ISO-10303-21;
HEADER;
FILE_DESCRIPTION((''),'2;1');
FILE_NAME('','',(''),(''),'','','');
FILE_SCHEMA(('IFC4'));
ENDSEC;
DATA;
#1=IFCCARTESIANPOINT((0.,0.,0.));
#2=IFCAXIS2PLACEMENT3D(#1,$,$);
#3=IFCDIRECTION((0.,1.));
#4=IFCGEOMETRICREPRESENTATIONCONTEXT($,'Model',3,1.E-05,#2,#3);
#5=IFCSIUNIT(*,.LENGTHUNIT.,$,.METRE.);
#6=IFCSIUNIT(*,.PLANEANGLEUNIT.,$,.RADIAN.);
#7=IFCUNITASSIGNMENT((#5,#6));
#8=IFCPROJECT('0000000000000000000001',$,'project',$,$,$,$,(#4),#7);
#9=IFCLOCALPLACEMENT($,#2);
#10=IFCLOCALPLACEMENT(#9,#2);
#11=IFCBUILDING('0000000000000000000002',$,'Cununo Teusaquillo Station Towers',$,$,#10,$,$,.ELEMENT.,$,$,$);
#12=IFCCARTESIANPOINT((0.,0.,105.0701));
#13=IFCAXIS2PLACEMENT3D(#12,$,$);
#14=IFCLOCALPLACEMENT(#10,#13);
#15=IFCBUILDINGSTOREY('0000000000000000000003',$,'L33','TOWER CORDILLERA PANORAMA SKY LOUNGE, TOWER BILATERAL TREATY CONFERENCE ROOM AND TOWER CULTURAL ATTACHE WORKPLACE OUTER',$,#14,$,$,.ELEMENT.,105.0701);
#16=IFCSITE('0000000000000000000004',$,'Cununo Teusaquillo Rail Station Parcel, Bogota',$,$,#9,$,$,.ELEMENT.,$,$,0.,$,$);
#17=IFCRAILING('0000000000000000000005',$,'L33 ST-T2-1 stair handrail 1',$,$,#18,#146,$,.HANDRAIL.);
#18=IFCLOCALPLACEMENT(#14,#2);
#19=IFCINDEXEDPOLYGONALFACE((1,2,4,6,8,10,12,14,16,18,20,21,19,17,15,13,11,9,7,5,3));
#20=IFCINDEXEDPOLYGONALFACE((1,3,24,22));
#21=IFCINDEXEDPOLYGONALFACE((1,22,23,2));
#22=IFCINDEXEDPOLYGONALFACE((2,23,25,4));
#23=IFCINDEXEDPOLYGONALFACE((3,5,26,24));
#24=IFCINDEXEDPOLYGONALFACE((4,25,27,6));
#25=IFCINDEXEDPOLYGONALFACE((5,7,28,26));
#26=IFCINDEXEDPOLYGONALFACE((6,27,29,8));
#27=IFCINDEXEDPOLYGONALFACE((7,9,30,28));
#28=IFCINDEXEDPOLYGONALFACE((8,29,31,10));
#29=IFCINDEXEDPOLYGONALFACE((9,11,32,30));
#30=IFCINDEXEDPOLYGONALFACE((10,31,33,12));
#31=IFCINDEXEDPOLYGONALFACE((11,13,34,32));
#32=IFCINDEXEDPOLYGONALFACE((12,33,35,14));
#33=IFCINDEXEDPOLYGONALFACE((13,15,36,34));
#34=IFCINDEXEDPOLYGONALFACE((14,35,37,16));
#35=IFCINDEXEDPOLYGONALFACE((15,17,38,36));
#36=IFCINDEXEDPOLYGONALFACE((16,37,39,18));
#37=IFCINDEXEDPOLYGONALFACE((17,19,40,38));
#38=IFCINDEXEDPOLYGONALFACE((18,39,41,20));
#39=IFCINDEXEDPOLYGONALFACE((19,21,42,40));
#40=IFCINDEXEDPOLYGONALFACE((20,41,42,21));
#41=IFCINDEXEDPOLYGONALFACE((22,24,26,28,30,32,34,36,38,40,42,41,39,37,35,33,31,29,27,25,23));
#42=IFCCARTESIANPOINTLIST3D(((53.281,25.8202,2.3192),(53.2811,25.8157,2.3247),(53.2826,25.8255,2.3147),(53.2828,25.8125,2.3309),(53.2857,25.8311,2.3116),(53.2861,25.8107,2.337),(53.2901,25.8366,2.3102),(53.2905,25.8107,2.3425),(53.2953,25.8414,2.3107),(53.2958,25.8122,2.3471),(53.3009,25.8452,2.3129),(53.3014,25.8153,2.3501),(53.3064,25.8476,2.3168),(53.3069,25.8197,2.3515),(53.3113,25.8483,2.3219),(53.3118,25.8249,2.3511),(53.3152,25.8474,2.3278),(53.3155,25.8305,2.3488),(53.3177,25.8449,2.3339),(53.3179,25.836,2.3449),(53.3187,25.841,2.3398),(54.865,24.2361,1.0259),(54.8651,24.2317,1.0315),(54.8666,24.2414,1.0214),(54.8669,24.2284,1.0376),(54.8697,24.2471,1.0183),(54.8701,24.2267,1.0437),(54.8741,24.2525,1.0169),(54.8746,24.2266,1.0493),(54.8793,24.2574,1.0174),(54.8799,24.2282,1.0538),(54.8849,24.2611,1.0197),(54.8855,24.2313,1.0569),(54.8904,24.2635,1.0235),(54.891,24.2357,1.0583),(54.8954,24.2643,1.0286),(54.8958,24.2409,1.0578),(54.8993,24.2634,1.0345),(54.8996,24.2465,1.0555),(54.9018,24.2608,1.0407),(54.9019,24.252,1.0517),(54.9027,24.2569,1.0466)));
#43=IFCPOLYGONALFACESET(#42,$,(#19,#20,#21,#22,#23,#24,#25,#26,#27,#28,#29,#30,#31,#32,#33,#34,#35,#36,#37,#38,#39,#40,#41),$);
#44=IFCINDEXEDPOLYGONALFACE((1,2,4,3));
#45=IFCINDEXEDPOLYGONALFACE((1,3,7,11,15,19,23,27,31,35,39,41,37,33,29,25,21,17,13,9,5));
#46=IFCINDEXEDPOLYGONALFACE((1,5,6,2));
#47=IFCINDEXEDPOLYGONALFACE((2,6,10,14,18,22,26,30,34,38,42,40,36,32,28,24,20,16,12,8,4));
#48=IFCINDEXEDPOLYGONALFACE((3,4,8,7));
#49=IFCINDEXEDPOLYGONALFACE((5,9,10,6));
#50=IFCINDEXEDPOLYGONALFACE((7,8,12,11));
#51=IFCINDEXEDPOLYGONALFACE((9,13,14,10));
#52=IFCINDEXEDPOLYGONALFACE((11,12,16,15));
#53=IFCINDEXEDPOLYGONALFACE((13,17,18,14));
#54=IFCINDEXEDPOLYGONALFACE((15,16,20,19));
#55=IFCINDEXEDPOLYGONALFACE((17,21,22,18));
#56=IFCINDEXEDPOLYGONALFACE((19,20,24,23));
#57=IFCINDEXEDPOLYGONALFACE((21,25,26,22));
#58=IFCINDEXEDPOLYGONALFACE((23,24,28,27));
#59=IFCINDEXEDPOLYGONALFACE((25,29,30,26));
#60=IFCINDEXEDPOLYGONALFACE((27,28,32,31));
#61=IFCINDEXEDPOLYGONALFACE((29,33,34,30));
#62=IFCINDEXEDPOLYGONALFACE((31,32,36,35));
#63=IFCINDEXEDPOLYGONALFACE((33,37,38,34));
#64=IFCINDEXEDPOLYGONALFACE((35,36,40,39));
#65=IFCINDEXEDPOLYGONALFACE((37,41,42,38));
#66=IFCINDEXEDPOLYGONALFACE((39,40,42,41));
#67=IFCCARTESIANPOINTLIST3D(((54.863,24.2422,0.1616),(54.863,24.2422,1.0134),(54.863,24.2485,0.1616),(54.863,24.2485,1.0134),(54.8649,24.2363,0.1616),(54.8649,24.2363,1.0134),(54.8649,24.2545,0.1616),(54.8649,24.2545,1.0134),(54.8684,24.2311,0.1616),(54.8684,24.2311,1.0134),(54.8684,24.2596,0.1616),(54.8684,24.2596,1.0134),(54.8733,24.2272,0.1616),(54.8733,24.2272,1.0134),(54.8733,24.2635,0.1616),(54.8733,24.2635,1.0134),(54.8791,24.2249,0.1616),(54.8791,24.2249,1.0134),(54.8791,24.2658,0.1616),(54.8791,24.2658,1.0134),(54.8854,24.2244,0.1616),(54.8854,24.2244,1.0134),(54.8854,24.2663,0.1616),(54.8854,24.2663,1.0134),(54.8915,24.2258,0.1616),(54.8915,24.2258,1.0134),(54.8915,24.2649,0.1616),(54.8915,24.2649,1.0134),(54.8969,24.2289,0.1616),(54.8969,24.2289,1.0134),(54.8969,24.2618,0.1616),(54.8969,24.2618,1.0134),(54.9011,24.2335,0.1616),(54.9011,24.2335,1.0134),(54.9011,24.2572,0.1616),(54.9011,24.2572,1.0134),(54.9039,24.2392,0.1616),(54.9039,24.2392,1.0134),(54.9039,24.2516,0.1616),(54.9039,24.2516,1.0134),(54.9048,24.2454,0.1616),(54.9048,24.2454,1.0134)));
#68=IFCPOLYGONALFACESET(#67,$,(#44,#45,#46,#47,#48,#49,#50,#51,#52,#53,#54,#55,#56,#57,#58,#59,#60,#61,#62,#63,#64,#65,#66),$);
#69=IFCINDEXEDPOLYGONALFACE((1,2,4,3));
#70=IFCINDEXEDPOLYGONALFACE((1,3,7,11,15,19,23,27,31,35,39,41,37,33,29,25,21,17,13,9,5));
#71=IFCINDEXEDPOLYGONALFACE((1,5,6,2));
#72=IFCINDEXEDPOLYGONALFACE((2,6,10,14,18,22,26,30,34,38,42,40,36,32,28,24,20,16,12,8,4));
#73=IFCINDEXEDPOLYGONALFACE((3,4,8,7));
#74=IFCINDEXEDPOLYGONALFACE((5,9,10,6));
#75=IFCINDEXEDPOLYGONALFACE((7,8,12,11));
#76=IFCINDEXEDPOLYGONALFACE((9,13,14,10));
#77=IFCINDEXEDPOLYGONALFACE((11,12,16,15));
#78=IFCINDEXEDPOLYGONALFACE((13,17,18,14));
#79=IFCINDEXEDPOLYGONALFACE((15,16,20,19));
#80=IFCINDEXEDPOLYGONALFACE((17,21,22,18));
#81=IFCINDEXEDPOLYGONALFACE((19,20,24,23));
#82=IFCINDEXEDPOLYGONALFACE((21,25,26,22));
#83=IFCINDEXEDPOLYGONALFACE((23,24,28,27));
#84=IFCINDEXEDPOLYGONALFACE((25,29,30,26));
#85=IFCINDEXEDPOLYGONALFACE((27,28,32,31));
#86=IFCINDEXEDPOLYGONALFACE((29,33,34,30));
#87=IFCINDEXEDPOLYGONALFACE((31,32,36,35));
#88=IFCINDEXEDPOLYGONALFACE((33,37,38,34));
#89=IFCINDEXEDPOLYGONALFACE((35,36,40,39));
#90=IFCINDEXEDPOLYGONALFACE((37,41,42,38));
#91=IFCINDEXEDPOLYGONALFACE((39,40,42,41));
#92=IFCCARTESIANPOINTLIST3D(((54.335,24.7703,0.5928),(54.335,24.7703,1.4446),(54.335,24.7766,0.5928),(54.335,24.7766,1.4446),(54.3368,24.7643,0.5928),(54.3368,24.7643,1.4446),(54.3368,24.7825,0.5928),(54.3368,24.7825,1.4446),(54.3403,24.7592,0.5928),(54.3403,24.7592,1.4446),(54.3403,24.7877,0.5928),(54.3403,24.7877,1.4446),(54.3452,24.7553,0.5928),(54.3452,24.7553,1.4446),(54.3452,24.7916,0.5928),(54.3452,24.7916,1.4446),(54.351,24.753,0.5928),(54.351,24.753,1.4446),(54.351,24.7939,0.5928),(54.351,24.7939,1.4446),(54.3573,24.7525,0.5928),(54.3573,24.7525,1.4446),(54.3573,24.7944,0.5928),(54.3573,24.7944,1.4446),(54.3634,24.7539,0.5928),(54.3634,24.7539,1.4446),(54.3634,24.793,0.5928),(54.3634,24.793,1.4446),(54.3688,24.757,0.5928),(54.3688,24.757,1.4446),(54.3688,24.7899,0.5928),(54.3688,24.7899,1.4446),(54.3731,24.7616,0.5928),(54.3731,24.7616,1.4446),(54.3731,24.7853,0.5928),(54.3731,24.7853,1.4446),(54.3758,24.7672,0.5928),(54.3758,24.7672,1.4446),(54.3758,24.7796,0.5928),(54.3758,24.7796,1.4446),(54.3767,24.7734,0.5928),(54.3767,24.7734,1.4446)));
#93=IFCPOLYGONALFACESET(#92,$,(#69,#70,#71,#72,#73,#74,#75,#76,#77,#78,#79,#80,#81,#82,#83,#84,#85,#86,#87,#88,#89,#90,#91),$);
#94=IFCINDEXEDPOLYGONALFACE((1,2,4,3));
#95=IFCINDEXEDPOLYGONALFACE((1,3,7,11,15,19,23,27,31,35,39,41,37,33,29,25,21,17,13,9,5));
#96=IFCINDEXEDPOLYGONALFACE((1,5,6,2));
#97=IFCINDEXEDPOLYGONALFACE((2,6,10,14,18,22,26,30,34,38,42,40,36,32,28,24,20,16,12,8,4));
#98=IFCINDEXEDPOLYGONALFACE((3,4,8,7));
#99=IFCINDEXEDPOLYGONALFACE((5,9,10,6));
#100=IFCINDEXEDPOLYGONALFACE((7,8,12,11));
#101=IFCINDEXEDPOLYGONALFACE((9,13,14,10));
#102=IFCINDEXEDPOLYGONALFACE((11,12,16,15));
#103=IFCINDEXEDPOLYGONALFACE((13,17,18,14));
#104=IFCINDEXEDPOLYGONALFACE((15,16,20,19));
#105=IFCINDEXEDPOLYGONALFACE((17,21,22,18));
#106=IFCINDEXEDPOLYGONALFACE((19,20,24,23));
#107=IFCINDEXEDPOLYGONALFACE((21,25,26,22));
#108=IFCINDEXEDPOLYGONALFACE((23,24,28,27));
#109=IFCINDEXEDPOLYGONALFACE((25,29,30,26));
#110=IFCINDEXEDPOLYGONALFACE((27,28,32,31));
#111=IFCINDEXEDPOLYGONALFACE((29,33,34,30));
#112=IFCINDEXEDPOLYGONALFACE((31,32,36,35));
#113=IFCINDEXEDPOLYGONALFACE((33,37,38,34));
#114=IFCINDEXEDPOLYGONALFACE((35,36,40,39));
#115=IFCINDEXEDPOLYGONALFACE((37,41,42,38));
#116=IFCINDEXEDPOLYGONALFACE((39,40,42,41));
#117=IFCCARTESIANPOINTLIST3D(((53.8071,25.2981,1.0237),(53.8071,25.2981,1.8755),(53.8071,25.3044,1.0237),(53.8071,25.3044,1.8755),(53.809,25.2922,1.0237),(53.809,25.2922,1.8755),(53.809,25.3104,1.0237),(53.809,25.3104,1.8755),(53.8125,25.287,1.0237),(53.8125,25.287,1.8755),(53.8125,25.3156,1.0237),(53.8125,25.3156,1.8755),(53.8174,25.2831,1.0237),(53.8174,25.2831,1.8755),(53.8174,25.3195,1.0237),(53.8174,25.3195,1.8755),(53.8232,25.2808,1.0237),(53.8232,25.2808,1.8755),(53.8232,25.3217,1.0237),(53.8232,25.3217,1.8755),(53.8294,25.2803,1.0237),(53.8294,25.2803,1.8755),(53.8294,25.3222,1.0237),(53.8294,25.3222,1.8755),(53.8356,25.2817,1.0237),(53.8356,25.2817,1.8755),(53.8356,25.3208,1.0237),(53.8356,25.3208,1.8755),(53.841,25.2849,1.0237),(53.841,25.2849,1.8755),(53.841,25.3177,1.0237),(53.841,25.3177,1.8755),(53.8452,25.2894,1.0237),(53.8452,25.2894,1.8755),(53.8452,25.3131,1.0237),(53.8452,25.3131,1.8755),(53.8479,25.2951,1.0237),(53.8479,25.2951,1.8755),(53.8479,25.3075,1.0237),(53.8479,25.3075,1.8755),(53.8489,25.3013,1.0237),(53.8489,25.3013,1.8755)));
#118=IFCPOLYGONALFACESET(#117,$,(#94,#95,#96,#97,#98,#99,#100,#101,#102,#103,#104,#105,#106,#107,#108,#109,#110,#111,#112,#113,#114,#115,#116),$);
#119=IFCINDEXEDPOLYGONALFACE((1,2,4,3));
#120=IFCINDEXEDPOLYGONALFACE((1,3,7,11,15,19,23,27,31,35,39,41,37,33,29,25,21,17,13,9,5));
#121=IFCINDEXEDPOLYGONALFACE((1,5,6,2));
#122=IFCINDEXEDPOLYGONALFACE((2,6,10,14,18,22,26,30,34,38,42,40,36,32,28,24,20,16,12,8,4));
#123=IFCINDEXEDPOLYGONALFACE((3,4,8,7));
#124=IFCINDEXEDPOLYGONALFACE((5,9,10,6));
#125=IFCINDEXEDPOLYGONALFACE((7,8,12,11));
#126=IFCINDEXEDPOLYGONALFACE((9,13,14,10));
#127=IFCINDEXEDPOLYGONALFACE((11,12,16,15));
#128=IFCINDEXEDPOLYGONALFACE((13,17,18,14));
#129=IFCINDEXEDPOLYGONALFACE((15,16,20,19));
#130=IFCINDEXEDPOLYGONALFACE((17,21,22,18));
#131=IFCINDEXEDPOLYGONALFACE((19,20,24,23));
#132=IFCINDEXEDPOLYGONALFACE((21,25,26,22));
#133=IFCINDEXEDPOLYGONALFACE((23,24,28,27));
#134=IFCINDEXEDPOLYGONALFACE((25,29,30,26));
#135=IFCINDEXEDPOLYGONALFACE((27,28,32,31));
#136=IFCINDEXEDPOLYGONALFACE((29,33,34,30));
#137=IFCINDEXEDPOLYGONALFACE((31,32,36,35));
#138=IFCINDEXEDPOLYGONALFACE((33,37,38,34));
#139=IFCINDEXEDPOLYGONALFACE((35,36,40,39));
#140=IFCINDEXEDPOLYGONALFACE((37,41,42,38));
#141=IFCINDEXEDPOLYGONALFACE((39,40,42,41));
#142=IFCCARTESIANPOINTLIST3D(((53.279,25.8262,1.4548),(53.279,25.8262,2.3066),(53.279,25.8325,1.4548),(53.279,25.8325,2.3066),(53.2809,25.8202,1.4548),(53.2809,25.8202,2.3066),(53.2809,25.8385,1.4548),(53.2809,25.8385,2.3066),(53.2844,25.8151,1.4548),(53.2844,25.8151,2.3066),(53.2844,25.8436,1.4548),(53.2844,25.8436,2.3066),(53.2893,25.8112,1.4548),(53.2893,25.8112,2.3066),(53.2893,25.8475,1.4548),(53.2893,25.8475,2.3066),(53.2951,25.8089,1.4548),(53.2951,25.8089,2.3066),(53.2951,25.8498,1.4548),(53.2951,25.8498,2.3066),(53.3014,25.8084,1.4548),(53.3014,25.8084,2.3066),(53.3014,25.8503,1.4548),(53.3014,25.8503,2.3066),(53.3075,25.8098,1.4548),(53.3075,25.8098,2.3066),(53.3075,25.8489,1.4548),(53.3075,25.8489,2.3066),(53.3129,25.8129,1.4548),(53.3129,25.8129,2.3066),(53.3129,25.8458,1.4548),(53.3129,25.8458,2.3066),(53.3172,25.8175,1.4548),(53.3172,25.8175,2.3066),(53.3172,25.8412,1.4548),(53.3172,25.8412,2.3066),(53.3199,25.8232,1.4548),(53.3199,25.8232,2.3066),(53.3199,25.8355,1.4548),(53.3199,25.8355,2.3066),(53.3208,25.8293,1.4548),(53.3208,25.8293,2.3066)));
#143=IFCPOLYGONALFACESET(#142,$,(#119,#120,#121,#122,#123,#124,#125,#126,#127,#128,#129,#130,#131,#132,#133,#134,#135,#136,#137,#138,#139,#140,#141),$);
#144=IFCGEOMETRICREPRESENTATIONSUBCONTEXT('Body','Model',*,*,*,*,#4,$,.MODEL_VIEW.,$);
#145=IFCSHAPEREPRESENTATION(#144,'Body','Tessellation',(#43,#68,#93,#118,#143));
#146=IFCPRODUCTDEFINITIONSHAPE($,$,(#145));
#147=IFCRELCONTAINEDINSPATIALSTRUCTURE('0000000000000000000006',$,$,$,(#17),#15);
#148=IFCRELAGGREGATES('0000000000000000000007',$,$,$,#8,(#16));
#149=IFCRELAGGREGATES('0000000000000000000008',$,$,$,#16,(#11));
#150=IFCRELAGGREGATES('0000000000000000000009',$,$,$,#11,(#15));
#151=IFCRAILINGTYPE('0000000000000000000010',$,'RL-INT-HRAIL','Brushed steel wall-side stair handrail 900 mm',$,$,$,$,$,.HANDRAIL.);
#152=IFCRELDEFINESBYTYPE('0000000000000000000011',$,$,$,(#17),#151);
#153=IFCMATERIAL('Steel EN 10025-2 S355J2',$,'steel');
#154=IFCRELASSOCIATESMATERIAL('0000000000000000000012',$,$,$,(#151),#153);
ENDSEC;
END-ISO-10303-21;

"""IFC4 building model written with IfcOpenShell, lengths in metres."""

from ifc_helpers import new_model, si_unit, direction, frame, origin, origin_2d, place, context, subcontext, project, spatial, circle, extrude, material, type_object, element, save


model = new_model("IFC4")

# Units and contexts
model_context = context("Model", 3, precision=1e-05, world=origin(), true_north=direction((0.0, 1.0)))
body_context = subcontext(model_context, "Body", "Model", "MODEL_VIEW")
ifc_project = project(units=[si_unit("LENGTHUNIT", "METRE"), si_unit("PLANEANGLEUNIT", "RADIAN")], contexts=[model_context])

# Site, building, storey
site_placement = place(None, origin())
site = spatial("IfcSite", under=ifc_project, at=site_placement, Name="Cununo Teusaquillo Rail Station Parcel, Bogota", CompositionType="ELEMENT", RefElevation=0.0)
building_placement = place(site_placement, origin())
building = spatial("IfcBuilding", under=site, at=building_placement, Name="Cununo Teusaquillo Station Towers", CompositionType="ELEMENT")
storey_placement = place(building_placement, frame((0.0, 0.0, 105.0701)))
storey = spatial("IfcBuildingStorey", under=building, at=storey_placement, Name="L33", Description="TOWER CORDILLERA PANORAMA SKY LOUNGE, TOWER BILATERAL TREATY CONFERENCE ROOM AND TOWER CULTURAL ATTACHE WORKPLACE OUTER", CompositionType="ELEMENT", Elevation=105.0701)

# Railing
ifc_material_1 = material(Name="Steel EN 10025-2 S355J2", Category="steel")
railing_type_1 = type_object("IfcRailingType", Name="RL-INT-HRAIL", Description="Brushed steel wall-side stair handrail 900 mm", PredefinedType="HANDRAIL", material=ifc_material_1)
railing_1_placement = place(storey_placement, frame((54.8838, 24.2454, 0.1616)))
element("IfcRailing", 1, at=railing_1_placement, inside=storey, type_object=railing_type_1, Name="L33 ST-T2-1 stair handrail 1", PredefinedType="HANDRAIL", context=body_context, shape_type="SweptSolid", body=[
    extrude(circle(Radius=0.0239, at=origin_2d()), frame((0.0, 0.0, 0.876), z_axis=(-0.612385, 0.612385, 0.49997), x_axis=(-0.707107, -0.707107, 0.0)), (0.0, 0.0, 1.0), 2.5867),
    extrude(circle(Radius=0.021, at=origin_2d()), origin(), (0.0, 0.0, 1.0), 0.8518),
    extrude(circle(Radius=0.021, at=origin_2d()), frame((-0.5281, 0.5281, 0.4312)), (0.0, 0.0, 1.0), 0.8518),
    extrude(circle(Radius=0.021, at=origin_2d()), frame((-1.0559, 1.0559, 0.8621)), (0.0, 0.0, 1.0), 0.8518),
    extrude(circle(Radius=0.021, at=origin_2d()), frame((-1.584, 1.584, 1.2932)), (0.0, 0.0, 1.0), 0.8518),
])

save(model, "model.ifc")
